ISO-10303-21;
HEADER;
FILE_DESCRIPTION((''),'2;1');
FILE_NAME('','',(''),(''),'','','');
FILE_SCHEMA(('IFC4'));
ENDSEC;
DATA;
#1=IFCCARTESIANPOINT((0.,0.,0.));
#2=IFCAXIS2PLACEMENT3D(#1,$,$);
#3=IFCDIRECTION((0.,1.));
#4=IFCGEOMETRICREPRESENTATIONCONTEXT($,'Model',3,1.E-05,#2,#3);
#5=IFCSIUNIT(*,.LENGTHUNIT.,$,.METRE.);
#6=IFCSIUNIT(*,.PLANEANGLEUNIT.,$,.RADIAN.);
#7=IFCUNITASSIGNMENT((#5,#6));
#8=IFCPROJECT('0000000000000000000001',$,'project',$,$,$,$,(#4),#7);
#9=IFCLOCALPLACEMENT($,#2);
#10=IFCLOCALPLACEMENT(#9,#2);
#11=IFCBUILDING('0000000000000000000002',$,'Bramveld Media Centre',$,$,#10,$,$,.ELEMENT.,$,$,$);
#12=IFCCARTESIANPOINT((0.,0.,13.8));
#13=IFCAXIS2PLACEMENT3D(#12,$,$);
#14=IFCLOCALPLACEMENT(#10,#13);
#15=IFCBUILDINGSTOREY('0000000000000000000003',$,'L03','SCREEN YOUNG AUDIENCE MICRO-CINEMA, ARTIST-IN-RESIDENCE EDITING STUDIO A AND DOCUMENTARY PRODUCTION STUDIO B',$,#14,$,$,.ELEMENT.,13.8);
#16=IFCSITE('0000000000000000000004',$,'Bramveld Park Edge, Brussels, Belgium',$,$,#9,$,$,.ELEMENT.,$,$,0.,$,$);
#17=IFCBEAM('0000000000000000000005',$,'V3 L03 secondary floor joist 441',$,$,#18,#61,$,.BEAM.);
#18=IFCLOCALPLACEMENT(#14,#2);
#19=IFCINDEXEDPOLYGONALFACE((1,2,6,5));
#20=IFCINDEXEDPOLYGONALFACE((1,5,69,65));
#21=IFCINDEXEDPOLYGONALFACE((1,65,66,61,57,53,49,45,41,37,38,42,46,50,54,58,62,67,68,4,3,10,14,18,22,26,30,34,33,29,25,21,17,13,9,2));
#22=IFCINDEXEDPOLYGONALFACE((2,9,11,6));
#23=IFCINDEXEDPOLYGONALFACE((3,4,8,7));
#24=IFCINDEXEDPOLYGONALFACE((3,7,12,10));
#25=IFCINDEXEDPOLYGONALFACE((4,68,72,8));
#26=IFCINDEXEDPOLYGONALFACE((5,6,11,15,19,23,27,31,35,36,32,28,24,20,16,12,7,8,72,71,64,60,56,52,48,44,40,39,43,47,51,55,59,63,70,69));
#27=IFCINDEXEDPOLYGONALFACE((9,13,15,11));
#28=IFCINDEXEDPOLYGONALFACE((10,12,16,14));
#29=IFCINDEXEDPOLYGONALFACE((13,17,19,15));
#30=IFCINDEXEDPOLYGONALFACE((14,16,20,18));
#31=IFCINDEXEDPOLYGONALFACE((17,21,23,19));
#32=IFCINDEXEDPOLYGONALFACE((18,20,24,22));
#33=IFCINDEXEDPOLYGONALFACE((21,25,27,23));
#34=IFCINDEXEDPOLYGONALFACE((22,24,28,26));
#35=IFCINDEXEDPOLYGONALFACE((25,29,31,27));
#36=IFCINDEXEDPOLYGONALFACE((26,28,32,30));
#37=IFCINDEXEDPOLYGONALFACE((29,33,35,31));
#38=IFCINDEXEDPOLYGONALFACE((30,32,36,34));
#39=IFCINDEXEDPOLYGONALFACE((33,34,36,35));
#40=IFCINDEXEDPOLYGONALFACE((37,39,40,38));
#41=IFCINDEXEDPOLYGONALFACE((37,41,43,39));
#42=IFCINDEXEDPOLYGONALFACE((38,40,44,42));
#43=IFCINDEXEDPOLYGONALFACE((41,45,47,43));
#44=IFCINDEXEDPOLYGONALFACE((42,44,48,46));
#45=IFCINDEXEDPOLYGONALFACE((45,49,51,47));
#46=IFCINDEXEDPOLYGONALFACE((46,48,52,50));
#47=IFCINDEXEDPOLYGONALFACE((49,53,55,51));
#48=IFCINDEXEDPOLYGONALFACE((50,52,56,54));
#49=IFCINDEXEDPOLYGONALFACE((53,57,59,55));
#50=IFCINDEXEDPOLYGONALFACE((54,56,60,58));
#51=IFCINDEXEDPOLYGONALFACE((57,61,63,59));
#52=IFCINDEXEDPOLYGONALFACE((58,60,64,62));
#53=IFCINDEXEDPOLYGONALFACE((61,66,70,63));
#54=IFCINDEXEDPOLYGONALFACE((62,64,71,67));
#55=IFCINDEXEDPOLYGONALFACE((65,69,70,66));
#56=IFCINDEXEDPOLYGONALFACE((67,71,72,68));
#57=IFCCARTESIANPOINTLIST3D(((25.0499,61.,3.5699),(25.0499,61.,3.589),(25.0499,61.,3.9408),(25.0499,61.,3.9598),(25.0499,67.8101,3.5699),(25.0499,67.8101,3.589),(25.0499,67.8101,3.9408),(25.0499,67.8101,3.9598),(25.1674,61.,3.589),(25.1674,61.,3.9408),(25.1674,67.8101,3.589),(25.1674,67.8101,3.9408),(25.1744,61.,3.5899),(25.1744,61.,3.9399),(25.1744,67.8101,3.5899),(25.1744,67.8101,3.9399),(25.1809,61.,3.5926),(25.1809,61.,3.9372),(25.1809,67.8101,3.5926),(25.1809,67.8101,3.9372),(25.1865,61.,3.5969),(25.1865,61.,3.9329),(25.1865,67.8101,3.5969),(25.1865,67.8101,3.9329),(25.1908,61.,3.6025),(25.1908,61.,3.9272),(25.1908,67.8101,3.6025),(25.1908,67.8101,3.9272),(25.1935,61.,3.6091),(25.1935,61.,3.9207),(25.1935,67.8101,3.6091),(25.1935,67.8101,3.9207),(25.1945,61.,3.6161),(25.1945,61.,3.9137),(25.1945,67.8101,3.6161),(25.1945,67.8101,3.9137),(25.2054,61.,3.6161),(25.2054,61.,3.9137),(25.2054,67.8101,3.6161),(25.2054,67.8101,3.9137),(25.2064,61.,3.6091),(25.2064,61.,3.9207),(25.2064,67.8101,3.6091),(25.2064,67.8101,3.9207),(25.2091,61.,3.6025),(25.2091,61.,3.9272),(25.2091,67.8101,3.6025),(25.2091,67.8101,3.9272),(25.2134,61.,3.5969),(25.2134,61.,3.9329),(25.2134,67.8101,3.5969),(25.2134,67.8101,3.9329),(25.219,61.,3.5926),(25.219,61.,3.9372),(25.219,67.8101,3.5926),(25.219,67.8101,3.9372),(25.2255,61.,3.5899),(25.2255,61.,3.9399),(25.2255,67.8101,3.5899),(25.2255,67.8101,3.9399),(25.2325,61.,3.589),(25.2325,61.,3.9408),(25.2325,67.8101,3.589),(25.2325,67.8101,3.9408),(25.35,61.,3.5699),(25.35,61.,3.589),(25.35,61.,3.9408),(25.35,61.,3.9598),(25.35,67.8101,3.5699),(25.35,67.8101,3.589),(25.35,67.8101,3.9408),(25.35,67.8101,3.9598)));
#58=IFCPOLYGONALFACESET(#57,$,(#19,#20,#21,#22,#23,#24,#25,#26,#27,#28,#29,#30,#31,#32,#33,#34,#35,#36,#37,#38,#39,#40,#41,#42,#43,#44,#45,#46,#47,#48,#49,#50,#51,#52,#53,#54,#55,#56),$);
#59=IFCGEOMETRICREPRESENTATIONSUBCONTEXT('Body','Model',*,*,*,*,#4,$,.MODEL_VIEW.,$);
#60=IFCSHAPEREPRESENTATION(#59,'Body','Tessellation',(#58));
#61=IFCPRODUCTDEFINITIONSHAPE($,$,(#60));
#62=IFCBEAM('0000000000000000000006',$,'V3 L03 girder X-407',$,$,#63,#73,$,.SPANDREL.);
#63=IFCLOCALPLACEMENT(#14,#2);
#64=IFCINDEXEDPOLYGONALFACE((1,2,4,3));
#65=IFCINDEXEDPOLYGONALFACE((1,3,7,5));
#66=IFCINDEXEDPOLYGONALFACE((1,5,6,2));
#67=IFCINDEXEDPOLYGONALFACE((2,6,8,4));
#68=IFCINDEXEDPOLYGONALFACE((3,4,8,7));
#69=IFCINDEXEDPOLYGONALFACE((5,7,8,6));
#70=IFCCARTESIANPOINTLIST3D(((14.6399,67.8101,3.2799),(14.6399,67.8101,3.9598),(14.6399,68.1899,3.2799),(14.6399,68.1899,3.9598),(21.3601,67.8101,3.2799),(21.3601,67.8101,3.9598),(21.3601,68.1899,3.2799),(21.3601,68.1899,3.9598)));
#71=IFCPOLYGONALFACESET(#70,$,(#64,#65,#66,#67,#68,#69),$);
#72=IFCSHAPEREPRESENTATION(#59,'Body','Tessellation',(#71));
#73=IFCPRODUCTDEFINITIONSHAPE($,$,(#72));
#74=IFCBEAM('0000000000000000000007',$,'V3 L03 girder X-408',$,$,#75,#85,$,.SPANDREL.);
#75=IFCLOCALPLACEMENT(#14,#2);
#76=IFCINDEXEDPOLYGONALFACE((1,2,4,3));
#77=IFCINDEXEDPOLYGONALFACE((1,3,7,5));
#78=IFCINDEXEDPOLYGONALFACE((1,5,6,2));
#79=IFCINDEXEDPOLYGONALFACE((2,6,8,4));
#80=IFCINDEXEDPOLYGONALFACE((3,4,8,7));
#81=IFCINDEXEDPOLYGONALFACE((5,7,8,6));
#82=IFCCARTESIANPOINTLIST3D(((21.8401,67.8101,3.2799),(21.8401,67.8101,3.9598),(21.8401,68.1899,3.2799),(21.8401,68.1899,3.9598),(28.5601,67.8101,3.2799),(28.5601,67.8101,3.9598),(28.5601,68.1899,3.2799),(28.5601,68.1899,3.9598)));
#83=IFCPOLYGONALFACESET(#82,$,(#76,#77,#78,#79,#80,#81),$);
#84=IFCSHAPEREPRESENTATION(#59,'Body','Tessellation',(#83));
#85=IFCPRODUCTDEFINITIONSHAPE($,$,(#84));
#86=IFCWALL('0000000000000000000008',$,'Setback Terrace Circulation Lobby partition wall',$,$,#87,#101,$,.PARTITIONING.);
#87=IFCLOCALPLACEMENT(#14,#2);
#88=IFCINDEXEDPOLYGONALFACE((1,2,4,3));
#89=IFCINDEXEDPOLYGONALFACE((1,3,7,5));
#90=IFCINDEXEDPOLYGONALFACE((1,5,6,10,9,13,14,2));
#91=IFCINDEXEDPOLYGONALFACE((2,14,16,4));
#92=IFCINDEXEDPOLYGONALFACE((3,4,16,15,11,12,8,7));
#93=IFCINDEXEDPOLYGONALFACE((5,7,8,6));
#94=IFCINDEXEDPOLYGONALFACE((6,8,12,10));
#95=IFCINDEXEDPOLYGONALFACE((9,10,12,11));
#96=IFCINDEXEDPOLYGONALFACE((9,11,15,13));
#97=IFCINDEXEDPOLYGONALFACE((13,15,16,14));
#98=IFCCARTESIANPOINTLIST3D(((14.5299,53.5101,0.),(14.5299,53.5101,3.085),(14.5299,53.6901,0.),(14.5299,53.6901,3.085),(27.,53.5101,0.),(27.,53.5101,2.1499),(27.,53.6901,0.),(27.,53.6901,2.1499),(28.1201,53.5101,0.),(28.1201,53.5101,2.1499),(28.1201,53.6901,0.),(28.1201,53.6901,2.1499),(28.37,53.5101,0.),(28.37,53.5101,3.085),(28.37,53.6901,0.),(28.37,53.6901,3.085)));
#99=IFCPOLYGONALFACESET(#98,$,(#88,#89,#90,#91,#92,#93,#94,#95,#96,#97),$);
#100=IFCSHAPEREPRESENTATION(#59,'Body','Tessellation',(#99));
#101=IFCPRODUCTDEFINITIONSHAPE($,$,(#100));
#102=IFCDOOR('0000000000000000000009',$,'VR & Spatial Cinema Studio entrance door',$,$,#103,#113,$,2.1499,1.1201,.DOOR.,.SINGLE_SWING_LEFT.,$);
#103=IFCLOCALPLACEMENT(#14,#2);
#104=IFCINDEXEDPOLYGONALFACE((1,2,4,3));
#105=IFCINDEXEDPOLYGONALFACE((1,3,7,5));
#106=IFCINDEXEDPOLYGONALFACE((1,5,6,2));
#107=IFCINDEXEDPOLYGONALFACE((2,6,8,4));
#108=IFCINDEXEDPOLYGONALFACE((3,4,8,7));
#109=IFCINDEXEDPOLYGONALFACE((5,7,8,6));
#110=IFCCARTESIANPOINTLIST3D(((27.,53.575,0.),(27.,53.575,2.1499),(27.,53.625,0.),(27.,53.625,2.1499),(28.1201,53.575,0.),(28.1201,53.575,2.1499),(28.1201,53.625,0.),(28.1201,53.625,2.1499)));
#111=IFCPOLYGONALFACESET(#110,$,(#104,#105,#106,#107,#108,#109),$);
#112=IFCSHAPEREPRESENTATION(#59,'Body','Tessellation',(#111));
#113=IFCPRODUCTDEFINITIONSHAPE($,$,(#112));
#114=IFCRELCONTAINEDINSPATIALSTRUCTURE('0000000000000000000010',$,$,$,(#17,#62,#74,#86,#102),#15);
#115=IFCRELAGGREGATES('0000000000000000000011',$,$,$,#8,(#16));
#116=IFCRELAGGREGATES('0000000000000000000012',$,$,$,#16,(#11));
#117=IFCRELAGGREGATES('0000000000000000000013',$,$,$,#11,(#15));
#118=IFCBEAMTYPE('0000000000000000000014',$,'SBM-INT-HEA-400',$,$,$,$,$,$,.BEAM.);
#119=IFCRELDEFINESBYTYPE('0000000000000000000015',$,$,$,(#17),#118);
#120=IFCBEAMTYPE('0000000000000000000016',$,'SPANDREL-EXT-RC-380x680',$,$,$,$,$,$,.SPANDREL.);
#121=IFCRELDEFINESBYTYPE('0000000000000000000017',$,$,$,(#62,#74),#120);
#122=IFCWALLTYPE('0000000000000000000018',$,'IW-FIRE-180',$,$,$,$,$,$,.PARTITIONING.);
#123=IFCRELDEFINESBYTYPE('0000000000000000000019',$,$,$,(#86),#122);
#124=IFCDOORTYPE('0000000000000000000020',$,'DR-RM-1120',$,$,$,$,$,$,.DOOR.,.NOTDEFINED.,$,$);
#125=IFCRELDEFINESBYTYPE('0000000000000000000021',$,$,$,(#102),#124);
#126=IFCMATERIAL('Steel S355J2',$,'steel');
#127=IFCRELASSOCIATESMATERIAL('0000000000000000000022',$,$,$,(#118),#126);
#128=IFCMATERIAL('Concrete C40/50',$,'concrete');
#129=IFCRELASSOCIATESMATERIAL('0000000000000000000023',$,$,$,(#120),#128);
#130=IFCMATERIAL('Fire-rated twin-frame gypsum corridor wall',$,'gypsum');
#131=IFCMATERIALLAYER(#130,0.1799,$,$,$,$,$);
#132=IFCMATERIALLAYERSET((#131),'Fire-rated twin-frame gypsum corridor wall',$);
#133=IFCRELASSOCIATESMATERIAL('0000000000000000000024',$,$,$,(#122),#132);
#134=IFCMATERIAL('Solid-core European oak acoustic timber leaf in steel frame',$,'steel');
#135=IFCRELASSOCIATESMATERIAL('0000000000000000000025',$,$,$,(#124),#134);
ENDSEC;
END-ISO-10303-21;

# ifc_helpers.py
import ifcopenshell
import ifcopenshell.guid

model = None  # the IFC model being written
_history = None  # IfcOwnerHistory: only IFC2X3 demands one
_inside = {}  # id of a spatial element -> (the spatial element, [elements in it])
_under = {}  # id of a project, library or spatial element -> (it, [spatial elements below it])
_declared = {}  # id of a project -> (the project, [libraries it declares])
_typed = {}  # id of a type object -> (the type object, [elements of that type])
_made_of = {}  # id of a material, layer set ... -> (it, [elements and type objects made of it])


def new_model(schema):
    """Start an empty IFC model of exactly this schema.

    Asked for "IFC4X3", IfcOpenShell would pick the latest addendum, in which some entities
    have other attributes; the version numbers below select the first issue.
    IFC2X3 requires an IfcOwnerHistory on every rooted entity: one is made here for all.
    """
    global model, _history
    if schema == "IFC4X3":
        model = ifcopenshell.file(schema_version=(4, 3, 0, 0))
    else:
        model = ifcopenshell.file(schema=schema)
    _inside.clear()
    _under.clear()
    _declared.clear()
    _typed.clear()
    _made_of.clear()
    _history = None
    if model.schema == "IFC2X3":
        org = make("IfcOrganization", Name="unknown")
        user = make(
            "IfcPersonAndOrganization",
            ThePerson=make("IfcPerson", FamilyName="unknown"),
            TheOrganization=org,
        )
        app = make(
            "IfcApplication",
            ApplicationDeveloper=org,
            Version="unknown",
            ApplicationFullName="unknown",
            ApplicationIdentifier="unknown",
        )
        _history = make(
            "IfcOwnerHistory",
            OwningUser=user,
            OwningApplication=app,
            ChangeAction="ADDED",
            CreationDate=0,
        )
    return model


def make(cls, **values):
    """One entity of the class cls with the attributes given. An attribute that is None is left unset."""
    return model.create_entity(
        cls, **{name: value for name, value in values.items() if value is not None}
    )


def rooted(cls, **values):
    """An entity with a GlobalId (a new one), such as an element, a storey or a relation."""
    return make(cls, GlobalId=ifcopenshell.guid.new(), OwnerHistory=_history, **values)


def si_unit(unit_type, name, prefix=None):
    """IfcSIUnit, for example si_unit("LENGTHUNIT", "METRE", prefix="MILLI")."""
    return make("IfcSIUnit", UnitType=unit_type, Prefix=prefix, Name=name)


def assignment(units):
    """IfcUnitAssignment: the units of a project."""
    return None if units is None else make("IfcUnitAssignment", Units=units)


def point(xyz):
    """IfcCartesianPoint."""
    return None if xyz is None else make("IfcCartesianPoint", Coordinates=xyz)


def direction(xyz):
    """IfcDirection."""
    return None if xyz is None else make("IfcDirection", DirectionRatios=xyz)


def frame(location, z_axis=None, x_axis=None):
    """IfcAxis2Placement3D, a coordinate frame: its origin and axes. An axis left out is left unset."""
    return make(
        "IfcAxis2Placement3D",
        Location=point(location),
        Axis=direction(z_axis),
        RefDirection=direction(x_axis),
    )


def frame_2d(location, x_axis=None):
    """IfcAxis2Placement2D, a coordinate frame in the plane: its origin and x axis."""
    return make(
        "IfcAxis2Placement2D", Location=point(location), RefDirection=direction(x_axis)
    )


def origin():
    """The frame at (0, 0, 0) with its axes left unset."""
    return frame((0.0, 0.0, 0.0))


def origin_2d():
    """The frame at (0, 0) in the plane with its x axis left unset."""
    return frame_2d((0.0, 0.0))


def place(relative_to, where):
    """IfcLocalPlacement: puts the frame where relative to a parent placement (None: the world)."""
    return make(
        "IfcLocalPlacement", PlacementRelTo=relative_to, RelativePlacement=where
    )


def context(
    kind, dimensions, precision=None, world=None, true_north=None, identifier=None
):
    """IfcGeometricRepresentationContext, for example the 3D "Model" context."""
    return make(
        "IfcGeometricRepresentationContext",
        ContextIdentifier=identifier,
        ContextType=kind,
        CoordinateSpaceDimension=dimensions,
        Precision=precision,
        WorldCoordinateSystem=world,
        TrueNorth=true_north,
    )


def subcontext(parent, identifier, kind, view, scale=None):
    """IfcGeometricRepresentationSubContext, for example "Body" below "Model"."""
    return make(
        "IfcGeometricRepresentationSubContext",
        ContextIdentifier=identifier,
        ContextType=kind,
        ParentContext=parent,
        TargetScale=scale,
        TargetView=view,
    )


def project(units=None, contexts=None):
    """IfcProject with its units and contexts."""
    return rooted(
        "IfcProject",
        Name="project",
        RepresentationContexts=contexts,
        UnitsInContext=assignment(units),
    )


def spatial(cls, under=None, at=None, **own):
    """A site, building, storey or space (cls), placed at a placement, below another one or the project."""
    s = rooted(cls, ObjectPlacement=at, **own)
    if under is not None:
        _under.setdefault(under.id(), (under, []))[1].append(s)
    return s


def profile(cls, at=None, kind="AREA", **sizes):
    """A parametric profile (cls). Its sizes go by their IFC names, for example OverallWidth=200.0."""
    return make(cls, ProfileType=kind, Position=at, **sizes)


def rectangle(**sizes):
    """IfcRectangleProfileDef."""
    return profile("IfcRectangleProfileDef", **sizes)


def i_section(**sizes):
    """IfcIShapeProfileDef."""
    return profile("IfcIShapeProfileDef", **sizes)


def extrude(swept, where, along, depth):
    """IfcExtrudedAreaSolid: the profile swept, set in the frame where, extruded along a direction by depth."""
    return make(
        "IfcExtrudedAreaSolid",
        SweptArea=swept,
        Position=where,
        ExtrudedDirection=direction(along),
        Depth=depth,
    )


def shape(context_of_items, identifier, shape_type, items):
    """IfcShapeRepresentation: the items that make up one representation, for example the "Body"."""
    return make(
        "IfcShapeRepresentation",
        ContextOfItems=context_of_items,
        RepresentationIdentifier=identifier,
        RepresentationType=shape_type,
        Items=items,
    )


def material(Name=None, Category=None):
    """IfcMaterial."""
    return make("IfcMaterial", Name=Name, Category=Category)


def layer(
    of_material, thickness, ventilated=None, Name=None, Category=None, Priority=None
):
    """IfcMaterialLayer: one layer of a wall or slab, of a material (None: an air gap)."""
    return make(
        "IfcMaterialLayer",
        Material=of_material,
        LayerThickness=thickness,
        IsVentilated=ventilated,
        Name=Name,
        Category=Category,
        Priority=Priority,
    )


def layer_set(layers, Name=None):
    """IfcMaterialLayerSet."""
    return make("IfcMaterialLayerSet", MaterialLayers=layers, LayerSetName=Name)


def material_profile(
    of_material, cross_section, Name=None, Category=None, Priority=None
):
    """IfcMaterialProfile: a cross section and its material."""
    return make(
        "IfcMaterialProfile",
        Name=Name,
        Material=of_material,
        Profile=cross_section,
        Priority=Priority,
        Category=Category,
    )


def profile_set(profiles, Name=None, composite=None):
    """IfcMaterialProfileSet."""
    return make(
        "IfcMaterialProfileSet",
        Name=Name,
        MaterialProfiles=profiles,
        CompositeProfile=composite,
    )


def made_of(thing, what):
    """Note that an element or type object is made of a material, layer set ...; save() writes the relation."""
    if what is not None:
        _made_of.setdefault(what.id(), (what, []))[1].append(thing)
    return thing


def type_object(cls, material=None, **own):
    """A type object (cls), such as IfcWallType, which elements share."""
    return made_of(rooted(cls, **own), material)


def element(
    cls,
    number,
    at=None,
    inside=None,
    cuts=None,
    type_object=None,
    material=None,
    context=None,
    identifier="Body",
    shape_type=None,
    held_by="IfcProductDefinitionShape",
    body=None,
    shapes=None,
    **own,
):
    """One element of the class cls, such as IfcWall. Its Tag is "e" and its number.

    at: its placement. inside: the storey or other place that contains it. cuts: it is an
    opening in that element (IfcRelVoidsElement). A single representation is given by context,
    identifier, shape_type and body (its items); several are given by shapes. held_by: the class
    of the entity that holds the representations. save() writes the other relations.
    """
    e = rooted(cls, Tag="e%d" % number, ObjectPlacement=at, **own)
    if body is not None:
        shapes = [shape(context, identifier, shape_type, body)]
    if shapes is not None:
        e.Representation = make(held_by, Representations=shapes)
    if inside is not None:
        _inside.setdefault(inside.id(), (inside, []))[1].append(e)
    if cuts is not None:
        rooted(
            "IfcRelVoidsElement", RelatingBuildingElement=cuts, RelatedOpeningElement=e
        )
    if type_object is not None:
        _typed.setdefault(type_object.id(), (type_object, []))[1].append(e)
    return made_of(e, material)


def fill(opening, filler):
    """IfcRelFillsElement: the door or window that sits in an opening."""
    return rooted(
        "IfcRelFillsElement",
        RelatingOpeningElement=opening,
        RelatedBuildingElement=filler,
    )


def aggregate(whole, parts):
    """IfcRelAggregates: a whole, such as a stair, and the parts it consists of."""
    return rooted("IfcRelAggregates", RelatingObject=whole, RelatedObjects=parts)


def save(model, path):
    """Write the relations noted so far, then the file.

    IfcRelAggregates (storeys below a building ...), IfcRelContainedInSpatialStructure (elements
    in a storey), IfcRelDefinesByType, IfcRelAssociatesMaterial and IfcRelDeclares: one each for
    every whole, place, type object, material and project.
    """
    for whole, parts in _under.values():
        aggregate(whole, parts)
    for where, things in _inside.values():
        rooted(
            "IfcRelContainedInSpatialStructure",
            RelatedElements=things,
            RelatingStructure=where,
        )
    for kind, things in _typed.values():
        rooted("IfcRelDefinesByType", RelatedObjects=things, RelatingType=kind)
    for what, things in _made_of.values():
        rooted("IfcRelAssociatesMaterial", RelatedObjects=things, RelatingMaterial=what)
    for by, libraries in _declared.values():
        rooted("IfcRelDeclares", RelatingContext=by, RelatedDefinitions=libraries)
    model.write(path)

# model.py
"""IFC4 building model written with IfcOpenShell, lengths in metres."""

from ifc_helpers import new_model, si_unit, direction, frame, frame_2d, origin, origin_2d, place, context, subcontext, project, spatial, rectangle, i_section, extrude, material, layer, layer_set, material_profile, profile_set, type_object, element, fill, save


model = new_model("IFC4")

# Units and contexts
model_context = context("Model", 3, precision=1e-05, world=origin(), true_north=direction((0.0, 1.0)))
body_context = subcontext(model_context, "Body", "Model", "MODEL_VIEW")
ifc_project = project(units=[si_unit("LENGTHUNIT", "METRE"), si_unit("PLANEANGLEUNIT", "RADIAN")], contexts=[model_context])

# Site, building, storey
site_placement = place(None, origin())
site = spatial("IfcSite", under=ifc_project, at=site_placement, Name="Bramveld Park Edge, Brussels, Belgium", CompositionType="ELEMENT", RefElevation=0.0)
building_placement = place(site_placement, origin())
building = spatial("IfcBuilding", under=site, at=building_placement, Name="Bramveld Media Centre", CompositionType="ELEMENT")
storey_placement = place(building_placement, frame((0.0, 0.0, 13.8)))
storey = spatial("IfcBuildingStorey", under=building, at=storey_placement, Name="L03", Description="SCREEN YOUNG AUDIENCE MICRO-CINEMA, ARTIST-IN-RESIDENCE EDITING STUDIO A AND DOCUMENTARY PRODUCTION STUDIO B", CompositionType="ELEMENT", Elevation=13.8)

# Beams
ifc_material_1 = material(Name="Steel S355J2", Category="steel")
ifc_material_profile_1 = material_profile(ifc_material_1, i_section(OverallWidth=0.3, OverallDepth=0.3899, WebThickness=0.011, FlangeThickness=0.019, FilletRadius=0.0271, at=origin_2d()), Name="HEA 400")
ifc_profile_set_1 = profile_set([ifc_material_profile_1], Name="Steel S355J2")
beam_type_1 = type_object("IfcBeamType", Name="SBM-INT-HEA-400", PredefinedType="BEAM", material=ifc_profile_set_1)
beam_1_placement = place(storey_placement, frame((25.2, 61.0, 3.7649), z_axis=(0.0, 1.0, 0.0), x_axis=(-1.0, 0.0, 0.0)))
element("IfcBeam", 1, at=beam_1_placement, inside=storey, type_object=beam_type_1, Name="V3 L03 secondary floor joist 441", PredefinedType="BEAM", context=body_context, shape_type="SweptSolid", body=[
    extrude(i_section(OverallWidth=0.3, OverallDepth=0.3899, WebThickness=0.011, FlangeThickness=0.019, FilletRadius=0.0271, at=origin_2d()), origin(), (0.0, 0.0, 1.0), 6.8101),
])
ifc_material_2 = material(Name="Concrete C40/50", Category="concrete")
ifc_material_profile_2 = material_profile(ifc_material_2, rectangle(XDim=0.3799, YDim=0.6799, at=origin_2d()), Name="RC 380x680")
ifc_profile_set_2 = profile_set([ifc_material_profile_2], Name="Concrete C40/50")
beam_type_2 = type_object("IfcBeamType", Name="SPANDREL-EXT-RC-380x680", PredefinedType="SPANDREL", material=ifc_profile_set_2)
beam_2_placement = place(storey_placement, frame((14.6399, 68.0, 3.6199), z_axis=(1.0, 0.0, 0.0), x_axis=(0.0, 1.0, 0.0)))
element("IfcBeam", 2, at=beam_2_placement, inside=storey, type_object=beam_type_2, Name="V3 L03 girder X-407", PredefinedType="SPANDREL", context=body_context, shape_type="SweptSolid", body=[
    extrude(rectangle(XDim=0.3799, YDim=0.6799, at=origin_2d()), origin(), (0.0, 0.0, 1.0), 6.7202),
])
beam_3_placement = place(storey_placement, frame((21.8401, 68.0, 3.6199), z_axis=(1.0, 0.0, 0.0), x_axis=(0.0, 1.0, 0.0)))
element("IfcBeam", 3, at=beam_3_placement, inside=storey, type_object=beam_type_2, Name="V3 L03 girder X-408", PredefinedType="SPANDREL", context=body_context, shape_type="SweptSolid", body=[
    extrude(rectangle(XDim=0.3799, YDim=0.6799, at=origin_2d()), origin(), (0.0, 0.0, 1.0), 6.72),
])

# Wall, opening, door
ifc_material_3 = material(Name="Fire-rated twin-frame gypsum corridor wall", Category="gypsum")
ifc_layer = layer(ifc_material_3, 0.1799)
ifc_layer_set = layer_set([ifc_layer], Name="Fire-rated twin-frame gypsum corridor wall")
wall_type = type_object("IfcWallType", Name="IW-FIRE-180", PredefinedType="PARTITIONING", material=ifc_layer_set)
wall_placement = place(storey_placement, frame((14.53, 53.6001, 0.0), z_axis=(0.0, 0.0, 1.0), x_axis=(1.0, 0.0, 0.0)))
wall = element("IfcWall", 4, at=wall_placement, inside=storey, type_object=wall_type, Name="Setback Terrace Circulation Lobby partition wall", PredefinedType="PARTITIONING", context=body_context, shape_type="SweptSolid", body=[
    extrude(rectangle(XDim=13.8401, YDim=0.1799, at=frame_2d((6.9199, 0.0))), origin(), (0.0, 0.0, 1.0), 3.085),
])
opening_placement = place(wall_placement, frame((12.47, 0.0, 0.0)))
opening = element("IfcOpeningElement", 5, at=opening_placement, cuts=wall, PredefinedType="OPENING", context=body_context, shape_type="SweptSolid", body=[
    extrude(rectangle(XDim=1.1201, YDim=2.1499, at=frame_2d((0.5601, 1.075))), frame((0.0, 0.1021, 0.0), z_axis=(0.0, -1.0, 0.0), x_axis=(1.0, 0.0, 0.0)), (0.0, 0.0, 1.0), 0.2039),
])
ifc_material_4 = material(Name="Solid-core European oak acoustic timber leaf in steel frame", Category="steel")
door_type = type_object("IfcDoorType", Name="DR-RM-1120", OperationType="NOTDEFINED", PredefinedType="DOOR", material=ifc_material_4)
door_placement = place(opening_placement, origin())
door = element("IfcDoor", 6, at=door_placement, inside=storey, type_object=door_type, Name="VR & Spatial Cinema Studio entrance door", OperationType="SINGLE_SWING_LEFT", OverallHeight=2.1499, OverallWidth=1.1201, PredefinedType="DOOR", context=body_context, shape_type="SweptSolid", body=[
    extrude(rectangle(XDim=1.1201, YDim=2.1499, at=frame_2d((0.5601, 1.075))), frame((0.0, 0.0249, 0.0), z_axis=(0.0, -1.0, 0.0), x_axis=(1.0, 0.0, 0.0)), (0.0, 0.0, 1.0), 0.05),
])
fill(opening, door)

save(model, "model.ifc")
